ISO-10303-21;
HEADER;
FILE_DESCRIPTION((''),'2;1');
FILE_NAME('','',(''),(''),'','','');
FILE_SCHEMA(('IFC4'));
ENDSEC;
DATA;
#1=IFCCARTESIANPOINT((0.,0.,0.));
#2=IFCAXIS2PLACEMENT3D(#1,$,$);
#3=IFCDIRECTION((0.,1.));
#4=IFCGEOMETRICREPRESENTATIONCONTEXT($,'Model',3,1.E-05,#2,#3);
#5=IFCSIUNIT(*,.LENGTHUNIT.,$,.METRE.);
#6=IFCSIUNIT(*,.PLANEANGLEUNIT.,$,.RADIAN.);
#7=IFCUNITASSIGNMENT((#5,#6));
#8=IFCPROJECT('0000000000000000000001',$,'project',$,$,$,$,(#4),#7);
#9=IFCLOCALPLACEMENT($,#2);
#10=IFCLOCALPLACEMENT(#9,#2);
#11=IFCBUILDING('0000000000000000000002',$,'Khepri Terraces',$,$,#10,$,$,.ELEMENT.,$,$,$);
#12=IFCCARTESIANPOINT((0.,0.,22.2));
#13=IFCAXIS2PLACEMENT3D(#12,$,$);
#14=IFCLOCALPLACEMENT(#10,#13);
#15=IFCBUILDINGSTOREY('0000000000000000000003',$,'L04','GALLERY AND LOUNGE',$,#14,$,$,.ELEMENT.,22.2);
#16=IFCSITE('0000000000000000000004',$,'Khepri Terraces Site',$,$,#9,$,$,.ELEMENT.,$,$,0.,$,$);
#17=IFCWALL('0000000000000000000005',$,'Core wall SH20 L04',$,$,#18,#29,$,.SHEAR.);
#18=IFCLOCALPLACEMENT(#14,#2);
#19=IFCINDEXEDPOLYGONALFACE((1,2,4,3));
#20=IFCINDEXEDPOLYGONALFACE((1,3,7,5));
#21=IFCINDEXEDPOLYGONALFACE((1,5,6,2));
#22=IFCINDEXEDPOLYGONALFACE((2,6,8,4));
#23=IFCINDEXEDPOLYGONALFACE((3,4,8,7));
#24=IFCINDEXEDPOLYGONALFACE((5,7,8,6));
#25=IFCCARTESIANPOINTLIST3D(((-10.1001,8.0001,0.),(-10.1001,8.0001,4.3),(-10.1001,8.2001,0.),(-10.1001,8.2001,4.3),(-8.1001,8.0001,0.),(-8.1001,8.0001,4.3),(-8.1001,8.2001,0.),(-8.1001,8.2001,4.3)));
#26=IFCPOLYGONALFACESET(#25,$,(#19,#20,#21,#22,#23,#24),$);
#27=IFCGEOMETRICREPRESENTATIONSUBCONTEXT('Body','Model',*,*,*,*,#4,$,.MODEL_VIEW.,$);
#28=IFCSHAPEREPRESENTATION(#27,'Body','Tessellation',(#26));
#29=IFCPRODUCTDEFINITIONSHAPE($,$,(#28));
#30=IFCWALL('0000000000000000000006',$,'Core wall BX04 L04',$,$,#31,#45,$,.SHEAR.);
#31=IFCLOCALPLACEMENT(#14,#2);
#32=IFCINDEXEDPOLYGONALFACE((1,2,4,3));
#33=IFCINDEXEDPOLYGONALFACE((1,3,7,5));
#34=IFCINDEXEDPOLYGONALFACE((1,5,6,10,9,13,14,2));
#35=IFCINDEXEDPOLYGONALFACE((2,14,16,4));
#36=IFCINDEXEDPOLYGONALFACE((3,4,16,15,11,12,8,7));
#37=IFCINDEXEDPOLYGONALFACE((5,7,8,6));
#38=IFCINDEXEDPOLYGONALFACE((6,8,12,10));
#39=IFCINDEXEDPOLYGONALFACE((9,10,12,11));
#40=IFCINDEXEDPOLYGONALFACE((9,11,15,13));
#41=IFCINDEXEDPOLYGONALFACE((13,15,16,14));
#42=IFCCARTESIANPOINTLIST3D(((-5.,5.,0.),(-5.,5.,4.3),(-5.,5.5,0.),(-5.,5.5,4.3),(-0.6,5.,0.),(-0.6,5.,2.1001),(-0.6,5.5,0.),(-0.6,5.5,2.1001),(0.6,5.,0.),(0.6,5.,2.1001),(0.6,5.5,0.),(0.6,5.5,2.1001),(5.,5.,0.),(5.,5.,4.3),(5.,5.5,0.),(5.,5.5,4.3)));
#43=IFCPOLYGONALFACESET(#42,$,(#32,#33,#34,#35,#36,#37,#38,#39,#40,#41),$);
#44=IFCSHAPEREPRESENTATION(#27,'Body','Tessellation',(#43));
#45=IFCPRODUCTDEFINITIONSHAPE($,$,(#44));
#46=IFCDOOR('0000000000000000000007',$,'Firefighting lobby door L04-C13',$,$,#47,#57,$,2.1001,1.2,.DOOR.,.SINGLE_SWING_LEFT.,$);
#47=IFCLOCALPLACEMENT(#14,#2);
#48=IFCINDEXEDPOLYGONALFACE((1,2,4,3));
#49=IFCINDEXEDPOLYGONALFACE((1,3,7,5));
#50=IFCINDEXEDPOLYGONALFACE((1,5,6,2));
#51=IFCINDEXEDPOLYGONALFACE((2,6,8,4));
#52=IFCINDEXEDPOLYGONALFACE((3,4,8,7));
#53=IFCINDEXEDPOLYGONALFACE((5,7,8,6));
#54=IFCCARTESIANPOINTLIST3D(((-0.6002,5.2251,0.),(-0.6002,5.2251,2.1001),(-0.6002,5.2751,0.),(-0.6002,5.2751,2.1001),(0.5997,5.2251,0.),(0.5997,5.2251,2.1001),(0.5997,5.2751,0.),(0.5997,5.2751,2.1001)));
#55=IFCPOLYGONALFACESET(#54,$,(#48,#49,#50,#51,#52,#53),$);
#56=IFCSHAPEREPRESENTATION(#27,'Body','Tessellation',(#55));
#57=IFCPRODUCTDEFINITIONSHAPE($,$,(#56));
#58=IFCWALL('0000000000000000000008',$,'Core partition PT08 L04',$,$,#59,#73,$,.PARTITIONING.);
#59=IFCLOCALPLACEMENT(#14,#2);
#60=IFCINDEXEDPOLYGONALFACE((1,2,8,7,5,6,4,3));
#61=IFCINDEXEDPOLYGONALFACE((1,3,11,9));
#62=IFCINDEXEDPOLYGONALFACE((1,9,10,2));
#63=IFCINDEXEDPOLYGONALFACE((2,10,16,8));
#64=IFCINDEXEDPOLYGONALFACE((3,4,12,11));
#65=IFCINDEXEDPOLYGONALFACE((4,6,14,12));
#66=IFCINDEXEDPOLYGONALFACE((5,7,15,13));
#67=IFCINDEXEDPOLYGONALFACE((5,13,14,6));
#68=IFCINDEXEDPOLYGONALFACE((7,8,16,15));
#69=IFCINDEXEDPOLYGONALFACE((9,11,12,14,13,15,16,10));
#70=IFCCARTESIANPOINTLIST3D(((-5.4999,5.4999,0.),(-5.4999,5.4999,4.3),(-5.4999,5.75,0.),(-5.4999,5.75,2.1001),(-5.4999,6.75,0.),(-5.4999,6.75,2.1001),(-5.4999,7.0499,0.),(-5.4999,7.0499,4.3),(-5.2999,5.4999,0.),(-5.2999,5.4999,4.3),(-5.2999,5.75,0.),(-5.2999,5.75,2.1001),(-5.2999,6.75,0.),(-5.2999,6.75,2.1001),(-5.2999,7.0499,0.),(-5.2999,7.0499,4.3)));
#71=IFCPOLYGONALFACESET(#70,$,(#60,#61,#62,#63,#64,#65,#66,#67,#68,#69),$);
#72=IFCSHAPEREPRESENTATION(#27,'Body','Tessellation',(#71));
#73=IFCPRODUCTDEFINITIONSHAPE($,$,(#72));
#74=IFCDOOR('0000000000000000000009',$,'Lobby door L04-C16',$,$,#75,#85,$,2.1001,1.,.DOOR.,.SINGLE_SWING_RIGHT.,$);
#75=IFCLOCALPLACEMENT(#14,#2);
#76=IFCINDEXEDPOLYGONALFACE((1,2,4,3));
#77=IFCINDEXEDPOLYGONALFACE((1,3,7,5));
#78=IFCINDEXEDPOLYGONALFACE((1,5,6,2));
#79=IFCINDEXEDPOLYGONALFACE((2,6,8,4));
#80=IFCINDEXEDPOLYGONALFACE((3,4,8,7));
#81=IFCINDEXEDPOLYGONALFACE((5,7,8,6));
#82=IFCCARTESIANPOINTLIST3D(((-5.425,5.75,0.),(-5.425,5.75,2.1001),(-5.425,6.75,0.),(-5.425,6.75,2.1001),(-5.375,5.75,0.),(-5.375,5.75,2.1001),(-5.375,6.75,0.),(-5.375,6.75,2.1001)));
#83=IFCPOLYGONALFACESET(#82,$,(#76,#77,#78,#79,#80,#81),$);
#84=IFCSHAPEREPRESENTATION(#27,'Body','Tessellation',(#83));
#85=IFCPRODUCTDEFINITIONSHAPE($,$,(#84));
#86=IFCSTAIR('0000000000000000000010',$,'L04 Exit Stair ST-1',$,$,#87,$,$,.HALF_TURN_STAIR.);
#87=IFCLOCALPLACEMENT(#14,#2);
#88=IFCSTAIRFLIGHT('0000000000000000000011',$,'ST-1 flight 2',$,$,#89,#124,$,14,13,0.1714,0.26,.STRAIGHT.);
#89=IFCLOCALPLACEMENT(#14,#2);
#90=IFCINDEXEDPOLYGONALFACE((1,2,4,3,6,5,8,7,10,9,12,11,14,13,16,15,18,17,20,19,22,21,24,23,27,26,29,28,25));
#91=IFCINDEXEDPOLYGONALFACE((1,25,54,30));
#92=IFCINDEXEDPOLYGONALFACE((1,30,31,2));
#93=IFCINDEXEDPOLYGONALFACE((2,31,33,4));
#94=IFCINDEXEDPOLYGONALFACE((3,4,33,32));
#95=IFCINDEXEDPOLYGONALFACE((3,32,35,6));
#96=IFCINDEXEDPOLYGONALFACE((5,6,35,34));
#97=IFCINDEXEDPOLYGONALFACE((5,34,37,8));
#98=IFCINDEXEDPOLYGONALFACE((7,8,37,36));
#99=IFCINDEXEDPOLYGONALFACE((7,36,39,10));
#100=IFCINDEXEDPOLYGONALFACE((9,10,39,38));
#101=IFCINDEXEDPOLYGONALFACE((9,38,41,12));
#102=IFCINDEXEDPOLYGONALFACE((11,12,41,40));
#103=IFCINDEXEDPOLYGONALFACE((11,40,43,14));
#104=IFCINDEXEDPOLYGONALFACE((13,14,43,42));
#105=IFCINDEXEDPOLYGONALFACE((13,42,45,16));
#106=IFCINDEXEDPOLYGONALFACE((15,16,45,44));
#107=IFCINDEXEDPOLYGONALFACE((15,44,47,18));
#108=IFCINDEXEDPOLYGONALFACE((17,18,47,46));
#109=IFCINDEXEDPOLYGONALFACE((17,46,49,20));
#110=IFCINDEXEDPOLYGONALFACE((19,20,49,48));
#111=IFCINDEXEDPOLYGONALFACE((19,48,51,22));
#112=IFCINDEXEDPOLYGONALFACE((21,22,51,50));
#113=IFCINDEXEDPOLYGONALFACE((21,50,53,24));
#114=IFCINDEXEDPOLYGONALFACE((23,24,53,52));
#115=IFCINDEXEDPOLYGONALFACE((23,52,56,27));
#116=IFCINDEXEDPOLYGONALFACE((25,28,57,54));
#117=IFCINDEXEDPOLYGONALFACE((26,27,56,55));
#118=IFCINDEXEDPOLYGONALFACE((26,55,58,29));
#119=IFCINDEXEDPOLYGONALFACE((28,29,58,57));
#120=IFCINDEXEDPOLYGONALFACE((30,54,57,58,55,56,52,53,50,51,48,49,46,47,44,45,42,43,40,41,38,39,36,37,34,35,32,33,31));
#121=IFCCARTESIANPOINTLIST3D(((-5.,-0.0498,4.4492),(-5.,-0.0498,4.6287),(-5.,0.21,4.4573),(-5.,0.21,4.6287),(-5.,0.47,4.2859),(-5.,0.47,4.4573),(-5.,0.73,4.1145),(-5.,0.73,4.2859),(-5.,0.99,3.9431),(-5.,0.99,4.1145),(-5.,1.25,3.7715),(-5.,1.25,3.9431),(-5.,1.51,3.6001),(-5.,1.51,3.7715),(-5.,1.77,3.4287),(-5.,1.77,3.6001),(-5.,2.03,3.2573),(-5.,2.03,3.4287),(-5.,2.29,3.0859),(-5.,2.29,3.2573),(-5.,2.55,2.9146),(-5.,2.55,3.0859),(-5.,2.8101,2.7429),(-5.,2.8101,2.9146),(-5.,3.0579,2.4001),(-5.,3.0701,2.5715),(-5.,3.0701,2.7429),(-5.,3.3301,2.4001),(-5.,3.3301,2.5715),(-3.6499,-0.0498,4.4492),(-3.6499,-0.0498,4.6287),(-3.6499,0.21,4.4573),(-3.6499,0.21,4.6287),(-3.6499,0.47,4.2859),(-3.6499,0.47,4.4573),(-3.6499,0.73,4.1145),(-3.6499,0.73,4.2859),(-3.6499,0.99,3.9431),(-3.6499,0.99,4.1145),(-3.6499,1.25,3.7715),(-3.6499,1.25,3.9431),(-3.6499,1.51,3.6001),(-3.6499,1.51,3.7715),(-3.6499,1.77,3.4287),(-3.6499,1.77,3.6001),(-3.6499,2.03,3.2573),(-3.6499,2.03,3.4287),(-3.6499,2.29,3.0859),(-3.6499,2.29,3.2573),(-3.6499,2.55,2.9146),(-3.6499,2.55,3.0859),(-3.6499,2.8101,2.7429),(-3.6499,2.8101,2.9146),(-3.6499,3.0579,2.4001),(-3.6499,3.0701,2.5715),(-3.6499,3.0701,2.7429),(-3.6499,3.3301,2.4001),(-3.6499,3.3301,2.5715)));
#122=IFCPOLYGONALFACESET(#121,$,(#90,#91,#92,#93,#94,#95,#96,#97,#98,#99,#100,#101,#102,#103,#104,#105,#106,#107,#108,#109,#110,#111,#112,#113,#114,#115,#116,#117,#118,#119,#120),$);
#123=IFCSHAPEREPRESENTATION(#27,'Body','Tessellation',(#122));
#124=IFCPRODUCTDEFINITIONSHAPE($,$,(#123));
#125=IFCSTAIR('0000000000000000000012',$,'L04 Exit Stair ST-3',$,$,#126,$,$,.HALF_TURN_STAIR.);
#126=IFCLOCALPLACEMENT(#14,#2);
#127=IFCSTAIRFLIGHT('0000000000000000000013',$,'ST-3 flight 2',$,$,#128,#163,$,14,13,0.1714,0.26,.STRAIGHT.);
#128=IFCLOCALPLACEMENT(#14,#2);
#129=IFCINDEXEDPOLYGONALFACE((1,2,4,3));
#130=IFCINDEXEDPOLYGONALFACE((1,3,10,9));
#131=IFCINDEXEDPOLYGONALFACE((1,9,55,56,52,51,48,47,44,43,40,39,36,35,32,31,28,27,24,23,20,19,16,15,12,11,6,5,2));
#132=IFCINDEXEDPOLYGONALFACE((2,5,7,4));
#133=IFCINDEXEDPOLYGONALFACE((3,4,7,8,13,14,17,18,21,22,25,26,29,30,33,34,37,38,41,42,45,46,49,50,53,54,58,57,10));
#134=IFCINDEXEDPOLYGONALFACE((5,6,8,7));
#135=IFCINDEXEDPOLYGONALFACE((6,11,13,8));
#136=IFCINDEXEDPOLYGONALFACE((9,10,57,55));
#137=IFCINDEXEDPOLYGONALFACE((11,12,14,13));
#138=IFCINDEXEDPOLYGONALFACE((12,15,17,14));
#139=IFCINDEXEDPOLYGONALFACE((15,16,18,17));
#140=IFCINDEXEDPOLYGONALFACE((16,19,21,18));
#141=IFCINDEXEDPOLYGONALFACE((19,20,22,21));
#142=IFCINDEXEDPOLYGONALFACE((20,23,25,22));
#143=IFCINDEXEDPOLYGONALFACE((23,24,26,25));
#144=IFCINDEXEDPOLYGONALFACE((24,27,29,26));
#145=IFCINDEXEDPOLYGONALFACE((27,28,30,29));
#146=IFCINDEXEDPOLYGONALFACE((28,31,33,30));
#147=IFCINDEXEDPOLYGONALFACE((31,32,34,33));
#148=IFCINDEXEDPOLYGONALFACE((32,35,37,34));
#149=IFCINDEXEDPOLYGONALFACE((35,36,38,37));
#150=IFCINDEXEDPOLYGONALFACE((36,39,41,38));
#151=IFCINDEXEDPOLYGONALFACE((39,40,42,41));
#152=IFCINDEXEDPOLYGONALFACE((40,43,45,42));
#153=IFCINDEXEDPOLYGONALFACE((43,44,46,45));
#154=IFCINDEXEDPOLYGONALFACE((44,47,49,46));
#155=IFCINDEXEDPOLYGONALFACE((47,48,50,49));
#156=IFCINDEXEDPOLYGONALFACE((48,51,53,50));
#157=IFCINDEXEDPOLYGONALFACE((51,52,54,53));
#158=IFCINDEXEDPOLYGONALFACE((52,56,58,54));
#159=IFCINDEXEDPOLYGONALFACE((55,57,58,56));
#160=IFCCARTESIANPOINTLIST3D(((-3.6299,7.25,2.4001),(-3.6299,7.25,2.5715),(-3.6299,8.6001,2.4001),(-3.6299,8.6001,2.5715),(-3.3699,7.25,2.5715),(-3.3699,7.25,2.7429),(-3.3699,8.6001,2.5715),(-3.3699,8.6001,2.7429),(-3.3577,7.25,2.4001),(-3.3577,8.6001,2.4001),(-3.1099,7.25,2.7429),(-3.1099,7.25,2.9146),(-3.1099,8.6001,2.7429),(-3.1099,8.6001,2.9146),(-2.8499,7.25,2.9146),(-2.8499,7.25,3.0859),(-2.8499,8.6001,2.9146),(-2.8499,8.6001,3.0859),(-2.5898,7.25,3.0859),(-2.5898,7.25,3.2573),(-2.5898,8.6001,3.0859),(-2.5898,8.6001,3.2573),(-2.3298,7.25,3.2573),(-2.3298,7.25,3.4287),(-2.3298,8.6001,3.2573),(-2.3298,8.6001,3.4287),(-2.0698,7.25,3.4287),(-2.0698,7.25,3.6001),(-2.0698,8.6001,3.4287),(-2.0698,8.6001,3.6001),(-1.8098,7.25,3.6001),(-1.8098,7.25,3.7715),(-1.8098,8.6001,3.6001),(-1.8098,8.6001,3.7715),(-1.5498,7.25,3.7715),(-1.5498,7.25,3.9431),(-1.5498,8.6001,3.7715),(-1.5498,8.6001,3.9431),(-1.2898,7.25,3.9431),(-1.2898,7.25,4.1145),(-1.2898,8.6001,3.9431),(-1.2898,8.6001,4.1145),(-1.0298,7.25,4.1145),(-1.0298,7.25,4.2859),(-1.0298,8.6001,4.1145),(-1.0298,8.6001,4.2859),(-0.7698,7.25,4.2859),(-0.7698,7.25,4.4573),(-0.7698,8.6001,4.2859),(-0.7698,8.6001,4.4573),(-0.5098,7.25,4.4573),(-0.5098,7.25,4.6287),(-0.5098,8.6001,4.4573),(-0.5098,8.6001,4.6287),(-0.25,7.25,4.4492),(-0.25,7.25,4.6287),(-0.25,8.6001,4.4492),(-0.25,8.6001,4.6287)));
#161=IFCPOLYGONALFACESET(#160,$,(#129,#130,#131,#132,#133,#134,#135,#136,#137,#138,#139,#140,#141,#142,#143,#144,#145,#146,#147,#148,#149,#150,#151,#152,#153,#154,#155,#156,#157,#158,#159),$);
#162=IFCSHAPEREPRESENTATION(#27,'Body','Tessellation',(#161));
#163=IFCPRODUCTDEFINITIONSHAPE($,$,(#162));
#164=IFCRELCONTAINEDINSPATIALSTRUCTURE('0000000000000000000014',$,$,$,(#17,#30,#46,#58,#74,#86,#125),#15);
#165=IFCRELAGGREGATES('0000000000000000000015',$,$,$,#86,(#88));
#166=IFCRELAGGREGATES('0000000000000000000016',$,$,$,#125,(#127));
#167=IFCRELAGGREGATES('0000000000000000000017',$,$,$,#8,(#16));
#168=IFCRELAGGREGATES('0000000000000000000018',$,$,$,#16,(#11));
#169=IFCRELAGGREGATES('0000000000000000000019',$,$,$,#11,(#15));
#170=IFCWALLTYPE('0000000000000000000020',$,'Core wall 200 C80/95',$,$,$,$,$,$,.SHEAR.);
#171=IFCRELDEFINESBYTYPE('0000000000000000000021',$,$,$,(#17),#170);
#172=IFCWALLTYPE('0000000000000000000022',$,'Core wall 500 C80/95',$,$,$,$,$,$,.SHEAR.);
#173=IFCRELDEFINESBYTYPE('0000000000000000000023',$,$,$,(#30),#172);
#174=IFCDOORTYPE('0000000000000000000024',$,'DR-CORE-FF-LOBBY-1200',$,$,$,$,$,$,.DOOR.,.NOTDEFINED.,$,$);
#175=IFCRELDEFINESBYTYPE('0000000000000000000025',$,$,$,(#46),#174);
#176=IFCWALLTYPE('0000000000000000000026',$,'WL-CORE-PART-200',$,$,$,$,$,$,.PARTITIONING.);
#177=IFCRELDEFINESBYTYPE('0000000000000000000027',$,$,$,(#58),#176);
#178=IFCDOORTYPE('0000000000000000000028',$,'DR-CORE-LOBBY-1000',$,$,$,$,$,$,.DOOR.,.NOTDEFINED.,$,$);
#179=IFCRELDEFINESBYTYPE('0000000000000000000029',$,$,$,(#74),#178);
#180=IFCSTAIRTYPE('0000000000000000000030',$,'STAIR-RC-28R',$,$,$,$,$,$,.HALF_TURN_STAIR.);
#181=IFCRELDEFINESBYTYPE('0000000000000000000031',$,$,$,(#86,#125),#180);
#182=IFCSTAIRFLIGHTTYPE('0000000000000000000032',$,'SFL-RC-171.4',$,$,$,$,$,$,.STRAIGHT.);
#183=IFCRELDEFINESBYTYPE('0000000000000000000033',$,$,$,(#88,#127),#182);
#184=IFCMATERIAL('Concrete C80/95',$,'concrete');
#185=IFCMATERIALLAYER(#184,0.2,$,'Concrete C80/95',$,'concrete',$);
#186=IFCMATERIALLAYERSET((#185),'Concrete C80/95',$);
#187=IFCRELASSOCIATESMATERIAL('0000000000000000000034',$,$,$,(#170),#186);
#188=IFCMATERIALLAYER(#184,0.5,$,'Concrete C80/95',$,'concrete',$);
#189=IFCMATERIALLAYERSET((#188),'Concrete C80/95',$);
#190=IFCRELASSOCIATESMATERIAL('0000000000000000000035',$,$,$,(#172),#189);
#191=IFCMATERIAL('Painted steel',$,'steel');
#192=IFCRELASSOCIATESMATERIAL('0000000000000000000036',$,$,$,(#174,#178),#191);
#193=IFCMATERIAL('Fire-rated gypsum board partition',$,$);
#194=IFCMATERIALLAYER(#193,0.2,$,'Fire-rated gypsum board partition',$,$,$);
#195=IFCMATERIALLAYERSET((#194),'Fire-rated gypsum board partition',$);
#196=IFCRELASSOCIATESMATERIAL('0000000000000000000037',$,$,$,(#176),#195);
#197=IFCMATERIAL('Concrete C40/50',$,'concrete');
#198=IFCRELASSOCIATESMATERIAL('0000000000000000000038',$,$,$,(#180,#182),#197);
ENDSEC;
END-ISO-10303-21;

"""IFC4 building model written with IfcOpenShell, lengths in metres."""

from ifc_helpers import new_model, si_unit, direction, frame, frame_2d, origin, place, context, subcontext, project, spatial, polyline, rectangle, outline, extrude, material, layer, layer_set, type_object, element, fill, aggregate, save


model = new_model("IFC4")

# Units and contexts
model_context = context("Model", 3, precision=1e-05, world=origin(), true_north=direction((0.0, 1.0)))
body_context = subcontext(model_context, "Body", "Model", "MODEL_VIEW")
ifc_project = project(units=[si_unit("LENGTHUNIT", "METRE"), si_unit("PLANEANGLEUNIT", "RADIAN")], contexts=[model_context])

# Site, building, storey
site_placement = place(None, origin())
site = spatial("IfcSite", under=ifc_project, at=site_placement, Name="Khepri Terraces Site", CompositionType="ELEMENT", RefElevation=0.0)
building_placement = place(site_placement, origin())
building = spatial("IfcBuilding", under=site, at=building_placement, Name="Khepri Terraces", CompositionType="ELEMENT")
storey_placement = place(building_placement, frame((0.0, 0.0, 22.2)))
storey = spatial("IfcBuildingStorey", under=building, at=storey_placement, Name="L04", Description="GALLERY AND LOUNGE", CompositionType="ELEMENT", Elevation=22.2)

# Shared definitions
ifc_material_1 = material(Name="Concrete C40/50", Category="concrete")

# Wall
ifc_material_2 = material(Name="Concrete C80/95", Category="concrete")
ifc_layer_1 = layer(ifc_material_2, 0.2, Name="Concrete C80/95", Category="concrete")
ifc_layer_set_1 = layer_set([ifc_layer_1], Name="Concrete C80/95")
wall_type_1 = type_object("IfcWallType", Name="Core wall 200 C80/95", PredefinedType="SHEAR", material=ifc_layer_set_1)
for number, where, z_axis, x_axis, name in (
    (1, (-10.1001, 8.1001, 0.0), (0.0, 0.0, 1.0), (1.0, 0.0, 0.0), "Core wall SH20 L04"),
):
    element("IfcWall", number, at=place(storey_placement, frame(where, z_axis=z_axis, x_axis=x_axis)), inside=storey, type_object=wall_type_1, Name=name, PredefinedType="SHEAR", context=body_context, shape_type="SweptSolid", body=[
        extrude(rectangle(XDim=2.0, YDim=0.2, at=frame_2d((1.0, 0.0))), origin(), (0.0, 0.0, 1.0), 4.3),
    ])

# Walls, openings, doors
ifc_layer_2 = layer(ifc_material_2, 0.5, Name="Concrete C80/95", Category="concrete")
ifc_layer_set_2 = layer_set([ifc_layer_2], Name="Concrete C80/95")
wall_type_2 = type_object("IfcWallType", Name="Core wall 500 C80/95", PredefinedType="SHEAR", material=ifc_layer_set_2)
wall_1_placement = place(storey_placement, frame((-5.0, 5.25, 0.0), z_axis=(0.0, 0.0, 1.0), x_axis=(1.0, 0.0, 0.0)))
wall_1 = element("IfcWall", 2, at=wall_1_placement, inside=storey, type_object=wall_type_2, Name="Core wall BX04 L04", PredefinedType="SHEAR", context=body_context, shape_type="SweptSolid", body=[
    extrude(rectangle(XDim=10.0, YDim=0.5, at=frame_2d((5.0, 0.0))), origin(), (0.0, 0.0, 1.0), 4.3),
])
opening_1_placement = place(wall_1_placement, frame((4.3999, 0.0, 0.0)))
opening_1 = element("IfcOpeningElement", 3, at=opening_1_placement, cuts=wall_1, PredefinedType="OPENING", context=body_context, shape_type="SweptSolid", body=[
    extrude(rectangle(XDim=1.2, YDim=2.1001, at=frame_2d((0.6001, 1.05))), frame((0.0, 0.26, 0.0), z_axis=(0.0, -1.0, 0.0), x_axis=(1.0, 0.0, 0.0)), (0.0, 0.0, 1.0), 0.52),
])
ifc_material_3 = material(Name="Painted steel", Category="steel")
door_type_1 = type_object("IfcDoorType", Name="DR-CORE-FF-LOBBY-1200", OperationType="NOTDEFINED", PredefinedType="DOOR", material=ifc_material_3)
door_1_placement = place(opening_1_placement, frame((1.2, 0.0, 0.0), z_axis=(0.0, 0.0, 1.0), x_axis=(-1.0, 0.0, 0.0)))
door_1 = element("IfcDoor", 4, at=door_1_placement, inside=storey, type_object=door_type_1, Name="Firefighting lobby door L04-C13", OperationType="SINGLE_SWING_LEFT", OverallHeight=2.1001, OverallWidth=1.2, PredefinedType="DOOR", context=body_context, shape_type="SweptSolid", body=[
    extrude(rectangle(XDim=1.2, YDim=2.1001, at=frame_2d((0.6001, 1.05))), frame((0.0, 0.0249, 0.0), z_axis=(0.0, -1.0, 0.0), x_axis=(1.0, 0.0, 0.0)), (0.0, 0.0, 1.0), 0.05),
])
fill(opening_1, door_1)
ifc_material_4 = material(Name="Fire-rated gypsum board partition")
ifc_layer_3 = layer(ifc_material_4, 0.2, Name="Fire-rated gypsum board partition")
ifc_layer_set_3 = layer_set([ifc_layer_3], Name="Fire-rated gypsum board partition")
wall_type_3 = type_object("IfcWallType", Name="WL-CORE-PART-200", PredefinedType="PARTITIONING", material=ifc_layer_set_3)
wall_2_placement = place(storey_placement, frame((-5.3999, 5.5, 0.0), z_axis=(0.0, 0.0, 1.0), x_axis=(0.0, 1.0, 0.0)))
wall_2 = element("IfcWall", 5, at=wall_2_placement, inside=storey, type_object=wall_type_3, Name="Core partition PT08 L04", PredefinedType="PARTITIONING", context=body_context, shape_type="SweptSolid", body=[
    extrude(rectangle(XDim=1.55, YDim=0.2, at=frame_2d((0.7749, 0.0))), origin(), (0.0, 0.0, 1.0), 4.3),
])
opening_2_placement = place(wall_2_placement, frame((0.25, 0.0, 0.0)))
opening_2 = element("IfcOpeningElement", 6, at=opening_2_placement, cuts=wall_2, PredefinedType="OPENING", context=body_context, shape_type="SweptSolid", body=[
    extrude(rectangle(XDim=1.0, YDim=2.1001, at=frame_2d((0.5, 1.05))), frame((0.0, 0.1099, 0.0), z_axis=(0.0, -1.0, 0.0), x_axis=(1.0, 0.0, 0.0)), (0.0, 0.0, 1.0), 0.22),
])
door_type_2 = type_object("IfcDoorType", Name="DR-CORE-LOBBY-1000", OperationType="NOTDEFINED", PredefinedType="DOOR", material=ifc_material_3)
door_2_placement = place(opening_2_placement, frame((1.0, 0.0, 0.0), z_axis=(0.0, 0.0, 1.0), x_axis=(-1.0, 0.0, 0.0)))
door_2 = element("IfcDoor", 7, at=door_2_placement, inside=storey, type_object=door_type_2, Name="Lobby door L04-C16", OperationType="SINGLE_SWING_RIGHT", OverallHeight=2.1001, OverallWidth=1.0, PredefinedType="DOOR", context=body_context, shape_type="SweptSolid", body=[
    extrude(rectangle(XDim=1.0, YDim=2.1001, at=frame_2d((0.5, 1.05))), frame((0.0, 0.0249, 0.0), z_axis=(0.0, -1.0, 0.0), x_axis=(1.0, 0.0, 0.0)), (0.0, 0.0, 1.0), 0.05),
])
fill(opening_2, door_2)

# Stairs, stair flights
stair_type = type_object("IfcStairType", Name="STAIR-RC-28R", PredefinedType="HALF_TURN_STAIR", material=ifc_material_1)
stair_1_placement = place(storey_placement, origin())
stair_1 = element("IfcStair", 8, at=stair_1_placement, inside=storey, type_object=stair_type, Name="L04 Exit Stair ST-1", PredefinedType="HALF_TURN_STAIR")
stair_flight_type = type_object("IfcStairFlightType", Name="SFL-RC-171.4", PredefinedType="STRAIGHT", material=ifc_material_1)
stair_flight_1_placement = place(storey_placement, frame((-4.325, 3.3301, 2.4001), z_axis=(0.0, 0.0, 1.0), x_axis=(0.0, -1.0, 0.0)))
stair_flight_1 = element("IfcStairFlight", 9, at=stair_flight_1_placement, type_object=stair_flight_type, Name="ST-1 flight 2", NumberOfRisers=14, NumberOfTreads=13, PredefinedType="STRAIGHT", RiserHeight=0.1714, TreadLength=0.26, context=body_context, shape_type="SweptSolid", body=[
    extrude(outline(polyline([(0.0, 0.0), (0.0, 0.1714), (0.26, 0.1714), (0.26, 0.3428), (0.52, 0.3428), (0.52, 0.5144), (0.78, 0.5144), (0.78, 0.6858), (1.04, 0.6858), (1.04, 0.8572), (1.3, 0.8572), (1.3, 1.0286), (1.5601, 1.0286), (1.5601, 1.2), (1.8201, 1.2), (1.8201, 1.3713), (2.0801, 1.3713), (2.0801, 1.543), (2.3401, 1.543), (2.3401, 1.7144), (2.6001, 1.7144), (2.6001, 1.8857), (2.8601, 1.8857), (2.8601, 2.0571), (3.1201, 2.0571), (3.1201, 2.2285), (3.3799, 2.2285), (3.3799, 2.3999), (3.3799, 2.0491), (0.2722, 0.0), (0.0, 0.0)])), frame((0.0, 0.675, 0.0), z_axis=(0.0, -1.0, 0.0), x_axis=(1.0, 0.0, 0.0)), (0.0, 0.0, 1.0), 1.3501),
])
aggregate(stair_1, [stair_flight_1])
stair_2_placement = place(storey_placement, origin())
stair_2 = element("IfcStair", 10, at=stair_2_placement, inside=storey, type_object=stair_type, Name="L04 Exit Stair ST-3", PredefinedType="HALF_TURN_STAIR")
stair_flight_2_placement = place(storey_placement, frame((-3.6299, 7.925, 2.4001), z_axis=(0.0, 0.0, 1.0), x_axis=(1.0, 0.0, 0.0)))
stair_flight_2 = element("IfcStairFlight", 11, at=stair_flight_2_placement, type_object=stair_flight_type, Name="ST-3 flight 2", NumberOfRisers=14, NumberOfTreads=13, PredefinedType="STRAIGHT", RiserHeight=0.1714, TreadLength=0.26, context=body_context, shape_type="SweptSolid", body=[
    extrude(outline(polyline([(0.0, 0.0), (0.0, 0.1714), (0.26, 0.1714), (0.26, 0.3428), (0.52, 0.3428), (0.52, 0.5144), (0.78, 0.5144), (0.78, 0.6858), (1.04, 0.6858), (1.04, 0.8572), (1.3, 0.8572), (1.3, 1.0286), (1.5601, 1.0286), (1.5601, 1.2), (1.8201, 1.2), (1.8201, 1.3713), (2.0801, 1.3713), (2.0801, 1.543), (2.3401, 1.543), (2.3401, 1.7144), (2.6001, 1.7144), (2.6001, 1.8857), (2.8601, 1.8857), (2.8601, 2.0571), (3.1201, 2.0571), (3.1201, 2.2285), (3.3799, 2.2285), (3.3799, 2.3999), (3.3799, 2.0491), (0.2722, 0.0), (0.0, 0.0)])), frame((0.0, 0.675, 0.0), z_axis=(0.0, -1.0, 0.0), x_axis=(1.0, 0.0, 0.0)), (0.0, 0.0, 1.0), 1.3501),
])
aggregate(stair_2, [stair_flight_2])

save(model, "model.ifc")
